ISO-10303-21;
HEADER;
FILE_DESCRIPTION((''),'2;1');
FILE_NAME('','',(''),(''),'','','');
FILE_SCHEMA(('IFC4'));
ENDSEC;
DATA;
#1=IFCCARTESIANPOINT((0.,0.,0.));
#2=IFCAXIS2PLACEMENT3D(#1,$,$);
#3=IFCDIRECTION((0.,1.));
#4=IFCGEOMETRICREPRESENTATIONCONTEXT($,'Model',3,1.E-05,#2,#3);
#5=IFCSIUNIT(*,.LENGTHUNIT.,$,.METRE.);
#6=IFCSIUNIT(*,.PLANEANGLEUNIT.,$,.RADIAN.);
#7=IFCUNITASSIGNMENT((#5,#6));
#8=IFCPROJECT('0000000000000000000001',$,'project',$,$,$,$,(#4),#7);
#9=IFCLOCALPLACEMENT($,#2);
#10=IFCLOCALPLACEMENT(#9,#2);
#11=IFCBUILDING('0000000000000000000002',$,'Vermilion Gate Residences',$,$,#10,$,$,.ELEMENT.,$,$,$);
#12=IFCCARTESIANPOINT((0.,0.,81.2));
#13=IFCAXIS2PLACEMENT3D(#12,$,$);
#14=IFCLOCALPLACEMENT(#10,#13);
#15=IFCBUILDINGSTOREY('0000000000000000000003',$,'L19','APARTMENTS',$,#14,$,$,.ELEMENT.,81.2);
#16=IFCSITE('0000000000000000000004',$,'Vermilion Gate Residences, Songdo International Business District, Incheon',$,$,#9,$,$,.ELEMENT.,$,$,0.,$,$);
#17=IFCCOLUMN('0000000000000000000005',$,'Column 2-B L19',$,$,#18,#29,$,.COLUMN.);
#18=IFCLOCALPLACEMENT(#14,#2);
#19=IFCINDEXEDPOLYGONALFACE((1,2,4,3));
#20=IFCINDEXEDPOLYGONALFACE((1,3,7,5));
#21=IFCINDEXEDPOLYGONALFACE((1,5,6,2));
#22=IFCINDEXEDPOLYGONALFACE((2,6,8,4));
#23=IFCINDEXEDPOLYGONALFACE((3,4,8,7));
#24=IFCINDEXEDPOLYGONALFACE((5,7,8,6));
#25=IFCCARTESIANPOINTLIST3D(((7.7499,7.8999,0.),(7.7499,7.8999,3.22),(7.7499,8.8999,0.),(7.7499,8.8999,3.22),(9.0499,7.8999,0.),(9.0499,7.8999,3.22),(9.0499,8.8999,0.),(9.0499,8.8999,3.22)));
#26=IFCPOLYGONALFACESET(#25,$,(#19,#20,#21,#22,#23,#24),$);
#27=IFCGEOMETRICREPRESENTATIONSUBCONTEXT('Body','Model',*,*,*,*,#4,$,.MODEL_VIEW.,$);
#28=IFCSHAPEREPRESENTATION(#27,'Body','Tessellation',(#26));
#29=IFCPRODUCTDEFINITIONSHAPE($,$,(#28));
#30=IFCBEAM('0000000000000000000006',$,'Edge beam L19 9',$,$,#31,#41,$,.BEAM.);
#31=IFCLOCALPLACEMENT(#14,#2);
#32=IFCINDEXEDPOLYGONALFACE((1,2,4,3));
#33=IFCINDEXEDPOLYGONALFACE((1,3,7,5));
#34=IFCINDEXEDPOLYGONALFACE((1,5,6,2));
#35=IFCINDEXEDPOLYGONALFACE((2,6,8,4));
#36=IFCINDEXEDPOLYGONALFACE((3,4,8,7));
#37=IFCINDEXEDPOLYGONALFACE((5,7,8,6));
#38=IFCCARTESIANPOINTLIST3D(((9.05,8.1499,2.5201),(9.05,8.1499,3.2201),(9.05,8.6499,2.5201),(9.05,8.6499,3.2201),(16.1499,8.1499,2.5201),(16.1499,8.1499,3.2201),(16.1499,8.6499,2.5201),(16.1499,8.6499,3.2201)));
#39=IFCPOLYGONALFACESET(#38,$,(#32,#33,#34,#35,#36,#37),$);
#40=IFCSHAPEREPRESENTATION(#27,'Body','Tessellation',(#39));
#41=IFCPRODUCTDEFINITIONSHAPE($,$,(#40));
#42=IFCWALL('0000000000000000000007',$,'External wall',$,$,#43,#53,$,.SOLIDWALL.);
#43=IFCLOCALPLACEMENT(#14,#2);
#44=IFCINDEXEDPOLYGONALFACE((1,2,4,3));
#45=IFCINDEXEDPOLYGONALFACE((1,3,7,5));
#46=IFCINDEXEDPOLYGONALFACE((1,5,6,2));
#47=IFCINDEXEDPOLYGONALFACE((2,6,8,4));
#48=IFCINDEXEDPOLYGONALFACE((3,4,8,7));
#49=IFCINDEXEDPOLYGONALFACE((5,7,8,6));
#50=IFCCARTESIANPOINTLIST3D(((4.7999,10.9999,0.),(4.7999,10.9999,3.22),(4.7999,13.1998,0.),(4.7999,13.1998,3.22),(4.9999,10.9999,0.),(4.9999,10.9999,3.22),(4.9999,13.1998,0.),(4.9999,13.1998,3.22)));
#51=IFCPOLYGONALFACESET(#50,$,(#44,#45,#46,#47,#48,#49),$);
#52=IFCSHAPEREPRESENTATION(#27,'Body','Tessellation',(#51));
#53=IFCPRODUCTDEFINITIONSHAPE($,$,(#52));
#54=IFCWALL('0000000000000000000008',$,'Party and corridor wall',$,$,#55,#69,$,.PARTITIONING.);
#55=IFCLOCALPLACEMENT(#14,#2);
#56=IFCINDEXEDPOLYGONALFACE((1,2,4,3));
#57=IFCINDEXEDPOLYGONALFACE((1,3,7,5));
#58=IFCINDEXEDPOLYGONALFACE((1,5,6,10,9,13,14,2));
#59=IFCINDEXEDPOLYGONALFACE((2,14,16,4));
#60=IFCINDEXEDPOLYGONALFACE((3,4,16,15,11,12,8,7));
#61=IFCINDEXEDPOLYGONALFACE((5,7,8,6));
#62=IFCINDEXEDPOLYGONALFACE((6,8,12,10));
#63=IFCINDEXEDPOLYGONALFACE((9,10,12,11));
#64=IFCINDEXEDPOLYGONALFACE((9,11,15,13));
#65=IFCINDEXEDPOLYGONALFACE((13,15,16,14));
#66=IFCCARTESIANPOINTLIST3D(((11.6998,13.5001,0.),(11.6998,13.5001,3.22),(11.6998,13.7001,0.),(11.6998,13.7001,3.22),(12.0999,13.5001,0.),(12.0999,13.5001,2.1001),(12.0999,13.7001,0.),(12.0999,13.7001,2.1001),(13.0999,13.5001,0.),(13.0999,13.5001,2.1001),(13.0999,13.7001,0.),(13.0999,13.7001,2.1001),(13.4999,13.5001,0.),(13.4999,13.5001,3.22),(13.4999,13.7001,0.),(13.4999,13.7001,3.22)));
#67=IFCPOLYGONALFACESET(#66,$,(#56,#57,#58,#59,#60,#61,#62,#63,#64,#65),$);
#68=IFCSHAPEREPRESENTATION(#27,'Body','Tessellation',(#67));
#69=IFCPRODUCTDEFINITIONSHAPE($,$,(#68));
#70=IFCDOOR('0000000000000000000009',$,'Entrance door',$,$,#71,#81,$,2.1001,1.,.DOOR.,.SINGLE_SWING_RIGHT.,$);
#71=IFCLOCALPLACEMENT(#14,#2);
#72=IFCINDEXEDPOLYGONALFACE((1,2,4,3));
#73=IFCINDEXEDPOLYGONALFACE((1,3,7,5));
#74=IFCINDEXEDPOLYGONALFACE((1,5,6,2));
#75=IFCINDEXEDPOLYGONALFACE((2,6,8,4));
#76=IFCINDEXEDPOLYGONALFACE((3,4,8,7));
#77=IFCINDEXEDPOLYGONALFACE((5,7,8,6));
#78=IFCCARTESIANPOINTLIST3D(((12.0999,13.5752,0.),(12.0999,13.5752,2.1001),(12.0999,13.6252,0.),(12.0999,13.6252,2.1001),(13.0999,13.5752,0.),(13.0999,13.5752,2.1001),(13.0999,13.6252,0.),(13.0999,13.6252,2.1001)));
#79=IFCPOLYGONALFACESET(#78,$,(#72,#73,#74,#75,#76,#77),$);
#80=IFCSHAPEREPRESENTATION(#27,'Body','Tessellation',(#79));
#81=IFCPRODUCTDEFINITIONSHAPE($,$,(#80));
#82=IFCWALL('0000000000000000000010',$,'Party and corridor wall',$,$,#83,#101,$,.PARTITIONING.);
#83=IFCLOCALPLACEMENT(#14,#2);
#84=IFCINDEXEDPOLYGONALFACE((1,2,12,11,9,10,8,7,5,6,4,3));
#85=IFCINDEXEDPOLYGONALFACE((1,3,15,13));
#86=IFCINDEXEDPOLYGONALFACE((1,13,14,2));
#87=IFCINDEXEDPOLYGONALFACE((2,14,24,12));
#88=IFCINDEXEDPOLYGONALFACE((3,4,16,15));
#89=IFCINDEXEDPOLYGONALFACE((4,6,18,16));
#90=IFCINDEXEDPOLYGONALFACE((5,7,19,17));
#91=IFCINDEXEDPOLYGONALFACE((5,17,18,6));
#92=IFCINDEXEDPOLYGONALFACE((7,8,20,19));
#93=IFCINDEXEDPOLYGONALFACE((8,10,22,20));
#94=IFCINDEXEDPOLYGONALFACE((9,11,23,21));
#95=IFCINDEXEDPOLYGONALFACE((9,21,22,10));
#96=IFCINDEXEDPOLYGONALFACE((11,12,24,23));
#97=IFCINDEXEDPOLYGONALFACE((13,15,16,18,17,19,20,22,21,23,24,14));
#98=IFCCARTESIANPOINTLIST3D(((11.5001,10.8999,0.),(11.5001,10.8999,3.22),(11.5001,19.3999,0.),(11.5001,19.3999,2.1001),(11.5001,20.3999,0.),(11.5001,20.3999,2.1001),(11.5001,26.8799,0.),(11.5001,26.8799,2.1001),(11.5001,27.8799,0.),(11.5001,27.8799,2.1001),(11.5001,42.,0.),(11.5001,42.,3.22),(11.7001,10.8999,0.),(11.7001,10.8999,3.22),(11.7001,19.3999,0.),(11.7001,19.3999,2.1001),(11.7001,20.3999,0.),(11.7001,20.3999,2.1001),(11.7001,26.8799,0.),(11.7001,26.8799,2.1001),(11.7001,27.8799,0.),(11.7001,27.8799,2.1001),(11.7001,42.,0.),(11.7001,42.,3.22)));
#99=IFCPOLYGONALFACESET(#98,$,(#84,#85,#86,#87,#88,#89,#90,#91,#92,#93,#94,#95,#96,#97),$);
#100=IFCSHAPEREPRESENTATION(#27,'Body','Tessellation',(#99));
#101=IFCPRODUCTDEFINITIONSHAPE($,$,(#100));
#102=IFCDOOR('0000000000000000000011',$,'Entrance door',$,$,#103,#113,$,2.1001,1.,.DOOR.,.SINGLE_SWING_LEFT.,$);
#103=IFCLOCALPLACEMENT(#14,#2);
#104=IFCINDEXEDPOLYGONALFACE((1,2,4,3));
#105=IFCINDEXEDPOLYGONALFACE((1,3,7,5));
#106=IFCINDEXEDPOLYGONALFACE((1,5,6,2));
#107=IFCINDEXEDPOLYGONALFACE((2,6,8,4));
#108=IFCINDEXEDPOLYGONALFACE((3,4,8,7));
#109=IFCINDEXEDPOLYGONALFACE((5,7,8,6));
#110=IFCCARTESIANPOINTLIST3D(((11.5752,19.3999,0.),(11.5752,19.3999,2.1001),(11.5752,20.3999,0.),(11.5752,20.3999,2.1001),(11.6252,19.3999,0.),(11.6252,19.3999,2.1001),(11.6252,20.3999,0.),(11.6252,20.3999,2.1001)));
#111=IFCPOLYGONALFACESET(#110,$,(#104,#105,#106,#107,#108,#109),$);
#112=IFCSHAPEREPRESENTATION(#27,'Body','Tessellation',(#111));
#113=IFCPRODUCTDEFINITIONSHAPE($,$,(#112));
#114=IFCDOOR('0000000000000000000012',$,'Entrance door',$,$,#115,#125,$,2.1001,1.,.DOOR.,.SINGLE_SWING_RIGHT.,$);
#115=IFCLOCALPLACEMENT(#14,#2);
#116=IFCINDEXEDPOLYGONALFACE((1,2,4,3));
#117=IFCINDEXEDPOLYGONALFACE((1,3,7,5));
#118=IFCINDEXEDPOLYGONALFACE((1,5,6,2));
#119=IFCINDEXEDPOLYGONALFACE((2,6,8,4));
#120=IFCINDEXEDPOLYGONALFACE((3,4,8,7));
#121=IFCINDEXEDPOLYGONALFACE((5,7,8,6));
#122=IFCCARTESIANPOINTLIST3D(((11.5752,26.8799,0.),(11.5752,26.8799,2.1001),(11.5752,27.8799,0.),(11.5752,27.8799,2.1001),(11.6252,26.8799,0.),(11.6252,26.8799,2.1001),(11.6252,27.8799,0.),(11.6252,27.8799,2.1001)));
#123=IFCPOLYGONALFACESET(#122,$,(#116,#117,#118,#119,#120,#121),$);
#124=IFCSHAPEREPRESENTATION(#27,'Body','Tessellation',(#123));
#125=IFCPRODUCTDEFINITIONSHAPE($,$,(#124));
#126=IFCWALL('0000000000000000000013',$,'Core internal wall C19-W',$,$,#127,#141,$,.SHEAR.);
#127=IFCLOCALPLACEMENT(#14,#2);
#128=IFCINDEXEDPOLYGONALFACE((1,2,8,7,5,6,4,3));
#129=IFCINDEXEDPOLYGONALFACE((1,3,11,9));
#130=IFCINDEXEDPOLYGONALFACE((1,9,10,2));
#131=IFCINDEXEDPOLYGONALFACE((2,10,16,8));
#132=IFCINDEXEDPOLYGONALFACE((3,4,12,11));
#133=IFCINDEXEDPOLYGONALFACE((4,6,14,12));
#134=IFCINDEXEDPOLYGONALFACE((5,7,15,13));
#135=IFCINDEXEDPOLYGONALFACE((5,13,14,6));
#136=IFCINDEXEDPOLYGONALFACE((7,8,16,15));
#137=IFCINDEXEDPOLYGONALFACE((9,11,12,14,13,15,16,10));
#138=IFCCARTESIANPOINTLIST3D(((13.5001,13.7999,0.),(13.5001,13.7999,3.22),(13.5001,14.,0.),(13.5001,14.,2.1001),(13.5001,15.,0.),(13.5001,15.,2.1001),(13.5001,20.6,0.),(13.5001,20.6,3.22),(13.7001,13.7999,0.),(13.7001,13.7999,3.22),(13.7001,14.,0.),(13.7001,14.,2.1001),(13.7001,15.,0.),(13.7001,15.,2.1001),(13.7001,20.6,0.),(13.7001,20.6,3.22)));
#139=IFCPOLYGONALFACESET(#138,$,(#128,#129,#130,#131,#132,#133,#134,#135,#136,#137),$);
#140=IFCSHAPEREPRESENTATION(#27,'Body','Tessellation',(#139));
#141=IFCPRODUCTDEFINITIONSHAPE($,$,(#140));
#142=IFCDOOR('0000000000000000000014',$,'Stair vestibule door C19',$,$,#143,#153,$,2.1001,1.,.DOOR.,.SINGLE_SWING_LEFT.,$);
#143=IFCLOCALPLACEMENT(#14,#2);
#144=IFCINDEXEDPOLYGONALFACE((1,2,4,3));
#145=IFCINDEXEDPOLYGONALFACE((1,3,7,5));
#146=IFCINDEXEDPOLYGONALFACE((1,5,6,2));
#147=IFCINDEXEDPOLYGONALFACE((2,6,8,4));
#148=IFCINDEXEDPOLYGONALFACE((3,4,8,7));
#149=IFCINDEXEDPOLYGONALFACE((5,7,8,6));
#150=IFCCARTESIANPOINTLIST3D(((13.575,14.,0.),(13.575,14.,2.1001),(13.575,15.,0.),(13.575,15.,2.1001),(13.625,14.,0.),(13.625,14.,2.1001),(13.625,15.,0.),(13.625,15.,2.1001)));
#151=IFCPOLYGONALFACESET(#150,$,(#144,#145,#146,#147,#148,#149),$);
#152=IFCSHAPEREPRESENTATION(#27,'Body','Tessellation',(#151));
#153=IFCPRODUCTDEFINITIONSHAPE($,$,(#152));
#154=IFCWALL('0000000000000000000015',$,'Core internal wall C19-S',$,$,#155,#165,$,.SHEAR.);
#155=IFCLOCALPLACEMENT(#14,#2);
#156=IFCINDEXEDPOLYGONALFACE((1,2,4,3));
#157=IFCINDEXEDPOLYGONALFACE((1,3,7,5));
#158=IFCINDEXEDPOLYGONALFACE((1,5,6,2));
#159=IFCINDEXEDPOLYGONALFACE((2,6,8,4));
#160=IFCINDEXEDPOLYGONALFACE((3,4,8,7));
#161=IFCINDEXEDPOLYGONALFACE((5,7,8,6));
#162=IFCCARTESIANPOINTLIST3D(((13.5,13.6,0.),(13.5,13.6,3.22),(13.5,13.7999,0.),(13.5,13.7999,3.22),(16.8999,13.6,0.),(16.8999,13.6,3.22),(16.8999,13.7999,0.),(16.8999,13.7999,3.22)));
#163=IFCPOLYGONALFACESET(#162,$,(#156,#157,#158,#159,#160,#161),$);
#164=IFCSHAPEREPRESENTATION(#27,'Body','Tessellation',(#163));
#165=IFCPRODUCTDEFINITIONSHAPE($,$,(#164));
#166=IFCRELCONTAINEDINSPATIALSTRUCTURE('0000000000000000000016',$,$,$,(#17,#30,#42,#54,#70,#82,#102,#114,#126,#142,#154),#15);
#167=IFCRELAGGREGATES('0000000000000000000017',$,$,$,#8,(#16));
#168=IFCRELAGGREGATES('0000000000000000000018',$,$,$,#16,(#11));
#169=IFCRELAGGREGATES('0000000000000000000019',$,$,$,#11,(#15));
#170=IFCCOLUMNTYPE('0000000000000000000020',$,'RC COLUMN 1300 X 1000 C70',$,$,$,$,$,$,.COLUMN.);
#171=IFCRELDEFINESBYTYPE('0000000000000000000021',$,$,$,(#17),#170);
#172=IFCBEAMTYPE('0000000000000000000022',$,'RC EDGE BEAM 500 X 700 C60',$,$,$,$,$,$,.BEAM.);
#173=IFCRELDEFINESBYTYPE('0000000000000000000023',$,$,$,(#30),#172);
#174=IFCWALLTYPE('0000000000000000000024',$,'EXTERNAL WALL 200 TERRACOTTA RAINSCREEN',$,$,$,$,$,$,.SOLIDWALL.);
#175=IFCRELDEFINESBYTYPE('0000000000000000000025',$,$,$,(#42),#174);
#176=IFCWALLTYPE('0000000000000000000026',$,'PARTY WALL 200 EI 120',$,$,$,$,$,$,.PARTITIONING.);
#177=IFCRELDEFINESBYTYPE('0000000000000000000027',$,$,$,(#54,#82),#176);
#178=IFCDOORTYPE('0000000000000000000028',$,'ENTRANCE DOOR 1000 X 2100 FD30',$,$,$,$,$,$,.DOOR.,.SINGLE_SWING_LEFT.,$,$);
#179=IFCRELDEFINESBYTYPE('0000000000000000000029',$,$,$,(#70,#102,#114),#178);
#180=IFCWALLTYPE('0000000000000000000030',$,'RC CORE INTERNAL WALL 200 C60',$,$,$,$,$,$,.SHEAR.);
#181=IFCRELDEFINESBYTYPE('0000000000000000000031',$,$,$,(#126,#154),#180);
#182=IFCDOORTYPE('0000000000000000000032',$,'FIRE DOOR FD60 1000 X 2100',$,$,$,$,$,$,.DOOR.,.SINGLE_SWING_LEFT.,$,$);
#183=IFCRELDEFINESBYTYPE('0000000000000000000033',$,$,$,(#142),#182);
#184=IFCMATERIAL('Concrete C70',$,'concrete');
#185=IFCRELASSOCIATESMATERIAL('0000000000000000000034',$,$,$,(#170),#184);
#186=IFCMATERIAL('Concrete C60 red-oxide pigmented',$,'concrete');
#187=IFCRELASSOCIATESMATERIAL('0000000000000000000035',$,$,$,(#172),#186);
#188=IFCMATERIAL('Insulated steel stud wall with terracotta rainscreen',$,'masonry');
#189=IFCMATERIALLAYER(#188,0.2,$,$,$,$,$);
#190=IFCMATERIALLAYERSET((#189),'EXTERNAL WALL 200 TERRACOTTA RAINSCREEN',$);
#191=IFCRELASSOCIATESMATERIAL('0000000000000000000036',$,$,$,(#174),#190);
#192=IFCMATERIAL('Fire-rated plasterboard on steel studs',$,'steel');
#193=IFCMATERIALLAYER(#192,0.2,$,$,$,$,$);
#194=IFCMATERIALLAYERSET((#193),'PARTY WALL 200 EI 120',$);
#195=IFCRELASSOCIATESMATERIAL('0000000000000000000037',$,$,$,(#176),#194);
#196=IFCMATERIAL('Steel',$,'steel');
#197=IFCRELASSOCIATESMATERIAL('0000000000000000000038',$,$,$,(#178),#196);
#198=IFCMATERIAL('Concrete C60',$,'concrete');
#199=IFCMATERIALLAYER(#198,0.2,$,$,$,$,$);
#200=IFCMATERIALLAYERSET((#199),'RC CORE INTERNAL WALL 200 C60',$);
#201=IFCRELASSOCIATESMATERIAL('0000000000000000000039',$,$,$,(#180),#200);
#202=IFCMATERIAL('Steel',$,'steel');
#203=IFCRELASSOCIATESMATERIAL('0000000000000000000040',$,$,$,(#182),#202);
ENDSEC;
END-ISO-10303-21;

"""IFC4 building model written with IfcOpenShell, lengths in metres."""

from ifc_helpers import new_model, si_unit, direction, frame, frame_2d, origin, origin_2d, place, context, subcontext, project, spatial, rectangle, extrude, material, layer, layer_set, material_profile, profile_set, type_object, element, fill, save


model = new_model("IFC4")

# Units and contexts
model_context = context("Model", 3, precision=1e-05, world=origin(), true_north=direction((0.0, 1.0)))
body_context = subcontext(model_context, "Body", "Model", "MODEL_VIEW")
ifc_project = project(units=[si_unit("LENGTHUNIT", "METRE"), si_unit("PLANEANGLEUNIT", "RADIAN")], contexts=[model_context])

# Site, building, storey
site_placement = place(None, origin())
site = spatial("IfcSite", under=ifc_project, at=site_placement, Name="Vermilion Gate Residences, Songdo International Business District, Incheon", CompositionType="ELEMENT", RefElevation=0.0)
building_placement = place(site_placement, origin())
building = spatial("IfcBuilding", under=site, at=building_placement, Name="Vermilion Gate Residences", CompositionType="ELEMENT")
storey_placement = place(building_placement, frame((0.0, 0.0, 81.2)))
storey = spatial("IfcBuildingStorey", under=building, at=storey_placement, Name="L19", Description="APARTMENTS", CompositionType="ELEMENT", Elevation=81.2)

# Column
ifc_material_1 = material(Name="Concrete C70", Category="concrete")
ifc_material_profile_1 = material_profile(ifc_material_1, rectangle(XDim=1.3, YDim=1.0, at=origin_2d()), Name="RC-1300x1000")
ifc_profile_set_1 = profile_set([ifc_material_profile_1], Name="Concrete C70")
column_type = type_object("IfcColumnType", Name="RC COLUMN 1300 X 1000 C70", PredefinedType="COLUMN", material=ifc_profile_set_1)
column_placement = place(storey_placement, frame((8.3999, 8.3999, 0.0), z_axis=(0.0, 0.0, 1.0), x_axis=(1.0, 0.0, 0.0)))
element("IfcColumn", 1, at=column_placement, inside=storey, type_object=column_type, Name="Column 2-B L19", PredefinedType="COLUMN", context=body_context, shape_type="SweptSolid", body=[
    extrude(rectangle(XDim=1.3, YDim=1.0, at=origin_2d()), origin(), (0.0, 0.0, 1.0), 3.22),
])

# Beam
ifc_material_2 = material(Name="Concrete C60 red-oxide pigmented", Category="concrete")
ifc_material_profile_2 = material_profile(ifc_material_2, rectangle(XDim=0.5, YDim=0.7, at=origin_2d()), Name="RC-500x700")
ifc_profile_set_2 = profile_set([ifc_material_profile_2], Name="Concrete C60 red-oxide pigmented")
beam_type = type_object("IfcBeamType", Name="RC EDGE BEAM 500 X 700 C60", PredefinedType="BEAM", material=ifc_profile_set_2)
beam_placement = place(storey_placement, frame((9.05, 8.3999, 2.8701), z_axis=(1.0, 0.0, 0.0), x_axis=(0.0, 1.0, 0.0)))
element("IfcBeam", 2, at=beam_placement, inside=storey, type_object=beam_type, Name="Edge beam L19 9", PredefinedType="BEAM", context=body_context, shape_type="SweptSolid", body=[
    extrude(rectangle(XDim=0.5, YDim=0.7, at=origin_2d()), origin(), (0.0, 0.0, 1.0), 7.0999),
])

# Wall
ifc_material_3 = material(Name="Insulated steel stud wall with terracotta rainscreen", Category="masonry")
ifc_layer_1 = layer(ifc_material_3, 0.2)
ifc_layer_set_1 = layer_set([ifc_layer_1], Name="EXTERNAL WALL 200 TERRACOTTA RAINSCREEN")
wall_type_1 = type_object("IfcWallType", Name="EXTERNAL WALL 200 TERRACOTTA RAINSCREEN", PredefinedType="SOLIDWALL", material=ifc_layer_set_1)
wall_1_placement = place(storey_placement, frame((4.8999, 13.2, 0.0), z_axis=(0.0, 0.0, 1.0), x_axis=(0.0, -1.0, 0.0)))
element("IfcWall", 3, at=wall_1_placement, inside=storey, type_object=wall_type_1, Name="External wall", PredefinedType="SOLIDWALL", context=body_context, shape_type="SweptSolid", body=[
    extrude(rectangle(XDim=2.2, YDim=0.2, at=frame_2d((1.1001, 0.0))), origin(), (0.0, 0.0, 1.0), 3.22),
])

# Wall, opening, door
ifc_material_4 = material(Name="Fire-rated plasterboard on steel studs", Category="steel")
ifc_layer_2 = layer(ifc_material_4, 0.2)
ifc_layer_set_2 = layer_set([ifc_layer_2], Name="PARTY WALL 200 EI 120")
wall_type_2 = type_object("IfcWallType", Name="PARTY WALL 200 EI 120", PredefinedType="PARTITIONING", material=ifc_layer_set_2)
wall_2_placement = place(storey_placement, frame((11.7, 13.6001, 0.0), z_axis=(0.0, 0.0, 1.0), x_axis=(1.0, 0.0, 0.0)))
wall_2 = element("IfcWall", 4, at=wall_2_placement, inside=storey, type_object=wall_type_2, Name="Party and corridor wall", PredefinedType="PARTITIONING", context=body_context, shape_type="SweptSolid", body=[
    extrude(rectangle(XDim=1.8, YDim=0.2, at=frame_2d((0.8999, 0.0))), origin(), (0.0, 0.0, 1.0), 3.22),
])
opening_1_placement = place(wall_2_placement, frame((0.3999, 0.0, 0.0)))
opening_1 = element("IfcOpeningElement", 5, at=opening_1_placement, cuts=wall_2, PredefinedType="OPENING", context=body_context, shape_type="SweptSolid", body=[
    extrude(rectangle(XDim=1.0, YDim=2.1001, at=frame_2d((0.5, 1.05))), frame((0.0, 0.1099, 0.0), z_axis=(0.0, -1.0, 0.0), x_axis=(1.0, 0.0, 0.0)), (0.0, 0.0, 1.0), 0.22),
])
ifc_material_5 = material(Name="Steel", Category="steel")
door_type_1 = type_object("IfcDoorType", Name="ENTRANCE DOOR 1000 X 2100 FD30", OperationType="SINGLE_SWING_LEFT", PredefinedType="DOOR", material=ifc_material_5)
door_1_placement = place(opening_1_placement, frame((1.0, 0.0, 0.0), z_axis=(0.0, 0.0, 1.0), x_axis=(-1.0, 0.0, 0.0)))
door_1 = element("IfcDoor", 6, at=door_1_placement, inside=storey, type_object=door_type_1, Name="Entrance door", OperationType="SINGLE_SWING_RIGHT", OverallHeight=2.1001, OverallWidth=1.0, PredefinedType="DOOR", context=body_context, shape_type="SweptSolid", body=[
    extrude(rectangle(XDim=1.0, YDim=2.1001, at=frame_2d((0.5, 1.05))), frame((0.0, 0.0249, 0.0), z_axis=(0.0, -1.0, 0.0), x_axis=(1.0, 0.0, 0.0)), (0.0, 0.0, 1.0), 0.05),
])
fill(opening_1, door_1)

# Wall, openings, doors
wall_3_placement = place(storey_placement, frame((11.6001, 10.8999, 0.0), z_axis=(0.0, 0.0, 1.0), x_axis=(0.0, 1.0, 0.0)))
wall_3 = element("IfcWall", 7, at=wall_3_placement, inside=storey, type_object=wall_type_2, Name="Party and corridor wall", PredefinedType="PARTITIONING", context=body_context, shape_type="SweptSolid", body=[
    extrude(rectangle(XDim=31.1001, YDim=0.2, at=frame_2d((15.55, 0.0))), origin(), (0.0, 0.0, 1.0), 3.22),
])
opening_2_placement = place(wall_3_placement, frame((8.5, 0.0, 0.0)))
opening_2 = element("IfcOpeningElement", 8, at=opening_2_placement, cuts=wall_3, PredefinedType="OPENING", context=body_context, shape_type="SweptSolid", body=[
    extrude(rectangle(XDim=1.0, YDim=2.1001, at=frame_2d((0.5, 1.05))), frame((0.0, 0.1099, 0.0), z_axis=(0.0, -1.0, 0.0), x_axis=(1.0, 0.0, 0.0)), (0.0, 0.0, 1.0), 0.22),
])
opening_3_placement = place(wall_3_placement, frame((15.98, 0.0, 0.0)))
opening_3 = element("IfcOpeningElement", 9, at=opening_3_placement, cuts=wall_3, PredefinedType="OPENING", context=body_context, shape_type="SweptSolid", body=[
    extrude(rectangle(XDim=1.0, YDim=2.1001, at=frame_2d((0.5, 1.05))), frame((0.0, 0.1099, 0.0), z_axis=(0.0, -1.0, 0.0), x_axis=(1.0, 0.0, 0.0)), (0.0, 0.0, 1.0), 0.22),
])
door_2_placement = place(opening_2_placement, origin())
door_2 = element("IfcDoor", 10, at=door_2_placement, inside=storey, type_object=door_type_1, Name="Entrance door", OperationType="SINGLE_SWING_LEFT", OverallHeight=2.1001, OverallWidth=1.0, PredefinedType="DOOR", context=body_context, shape_type="SweptSolid", body=[
    extrude(rectangle(XDim=1.0, YDim=2.1001, at=frame_2d((0.5, 1.05))), frame((0.0, 0.0249, 0.0), z_axis=(0.0, -1.0, 0.0), x_axis=(1.0, 0.0, 0.0)), (0.0, 0.0, 1.0), 0.05),
])
fill(opening_2, door_2)
door_3_placement = place(opening_3_placement, origin())
door_3 = element("IfcDoor", 11, at=door_3_placement, inside=storey, type_object=door_type_1, Name="Entrance door", OperationType="SINGLE_SWING_RIGHT", OverallHeight=2.1001, OverallWidth=1.0, PredefinedType="DOOR", context=body_context, shape_type="SweptSolid", body=[
    extrude(rectangle(XDim=1.0, YDim=2.1001, at=frame_2d((0.5, 1.05))), frame((0.0, 0.0249, 0.0), z_axis=(0.0, -1.0, 0.0), x_axis=(1.0, 0.0, 0.0)), (0.0, 0.0, 1.0), 0.05),
])
fill(opening_3, door_3)

# Wall, opening, door
ifc_material_6 = material(Name="Concrete C60", Category="concrete")
ifc_layer_3 = layer(ifc_material_6, 0.2)
ifc_layer_set_3 = layer_set([ifc_layer_3], Name="RC CORE INTERNAL WALL 200 C60")
wall_type_3 = type_object("IfcWallType", Name="RC CORE INTERNAL WALL 200 C60", PredefinedType="SHEAR", material=ifc_layer_set_3)
wall_4_placement = place(storey_placement, frame((13.6001, 13.8, 0.0), z_axis=(0.0, 0.0, 1.0), x_axis=(0.0, 1.0, 0.0)))
wall_4 = element("IfcWall", 12, at=wall_4_placement, inside=storey, type_object=wall_type_3, Name="Core internal wall C19-W", PredefinedType="SHEAR", context=body_context, shape_type="SweptSolid", body=[
    extrude(rectangle(XDim=6.8, YDim=0.2, at=frame_2d((3.3999, 0.0))), origin(), (0.0, 0.0, 1.0), 3.22),
])
opening_4_placement = place(wall_4_placement, frame((0.2, 0.0, 0.0)))
opening_4 = element("IfcOpeningElement", 13, at=opening_4_placement, cuts=wall_4, PredefinedType="OPENING", context=body_context, shape_type="SweptSolid", body=[
    extrude(rectangle(XDim=1.0, YDim=2.1001, at=frame_2d((0.5, 1.05))), frame((0.0, 0.1099, 0.0), z_axis=(0.0, -1.0, 0.0), x_axis=(1.0, 0.0, 0.0)), (0.0, 0.0, 1.0), 0.22),
])
ifc_material_7 = material(Name="Steel", Category="steel")
door_type_2 = type_object("IfcDoorType", Name="FIRE DOOR FD60 1000 X 2100", OperationType="SINGLE_SWING_LEFT", PredefinedType="DOOR", material=ifc_material_7)
door_4_placement = place(opening_4_placement, frame((1.0, 0.0, 0.0), z_axis=(0.0, 0.0, 1.0), x_axis=(-1.0, 0.0, 0.0)))
door_4 = element("IfcDoor", 14, at=door_4_placement, inside=storey, type_object=door_type_2, Name="Stair vestibule door C19", OperationType="SINGLE_SWING_LEFT", OverallHeight=2.1001, OverallWidth=1.0, PredefinedType="DOOR", context=body_context, shape_type="SweptSolid", body=[
    extrude(rectangle(XDim=1.0, YDim=2.1001, at=frame_2d((0.5, 1.05))), frame((0.0, 0.0249, 0.0), z_axis=(0.0, -1.0, 0.0), x_axis=(1.0, 0.0, 0.0)), (0.0, 0.0, 1.0), 0.05),
])
fill(opening_4, door_4)

# Wall
wall_5_placement = place(storey_placement, frame((13.5, 13.7, 0.0), z_axis=(0.0, 0.0, 1.0), x_axis=(1.0, 0.0, 0.0)))
element("IfcWall", 15, at=wall_5_placement, inside=storey, type_object=wall_type_3, Name="Core internal wall C19-S", PredefinedType="SHEAR", context=body_context, shape_type="SweptSolid", body=[
    extrude(rectangle(XDim=3.3999, YDim=0.2, at=frame_2d((1.7, 0.0))), origin(), (0.0, 0.0, 1.0), 3.22),
])

save(model, "model.ifc")
